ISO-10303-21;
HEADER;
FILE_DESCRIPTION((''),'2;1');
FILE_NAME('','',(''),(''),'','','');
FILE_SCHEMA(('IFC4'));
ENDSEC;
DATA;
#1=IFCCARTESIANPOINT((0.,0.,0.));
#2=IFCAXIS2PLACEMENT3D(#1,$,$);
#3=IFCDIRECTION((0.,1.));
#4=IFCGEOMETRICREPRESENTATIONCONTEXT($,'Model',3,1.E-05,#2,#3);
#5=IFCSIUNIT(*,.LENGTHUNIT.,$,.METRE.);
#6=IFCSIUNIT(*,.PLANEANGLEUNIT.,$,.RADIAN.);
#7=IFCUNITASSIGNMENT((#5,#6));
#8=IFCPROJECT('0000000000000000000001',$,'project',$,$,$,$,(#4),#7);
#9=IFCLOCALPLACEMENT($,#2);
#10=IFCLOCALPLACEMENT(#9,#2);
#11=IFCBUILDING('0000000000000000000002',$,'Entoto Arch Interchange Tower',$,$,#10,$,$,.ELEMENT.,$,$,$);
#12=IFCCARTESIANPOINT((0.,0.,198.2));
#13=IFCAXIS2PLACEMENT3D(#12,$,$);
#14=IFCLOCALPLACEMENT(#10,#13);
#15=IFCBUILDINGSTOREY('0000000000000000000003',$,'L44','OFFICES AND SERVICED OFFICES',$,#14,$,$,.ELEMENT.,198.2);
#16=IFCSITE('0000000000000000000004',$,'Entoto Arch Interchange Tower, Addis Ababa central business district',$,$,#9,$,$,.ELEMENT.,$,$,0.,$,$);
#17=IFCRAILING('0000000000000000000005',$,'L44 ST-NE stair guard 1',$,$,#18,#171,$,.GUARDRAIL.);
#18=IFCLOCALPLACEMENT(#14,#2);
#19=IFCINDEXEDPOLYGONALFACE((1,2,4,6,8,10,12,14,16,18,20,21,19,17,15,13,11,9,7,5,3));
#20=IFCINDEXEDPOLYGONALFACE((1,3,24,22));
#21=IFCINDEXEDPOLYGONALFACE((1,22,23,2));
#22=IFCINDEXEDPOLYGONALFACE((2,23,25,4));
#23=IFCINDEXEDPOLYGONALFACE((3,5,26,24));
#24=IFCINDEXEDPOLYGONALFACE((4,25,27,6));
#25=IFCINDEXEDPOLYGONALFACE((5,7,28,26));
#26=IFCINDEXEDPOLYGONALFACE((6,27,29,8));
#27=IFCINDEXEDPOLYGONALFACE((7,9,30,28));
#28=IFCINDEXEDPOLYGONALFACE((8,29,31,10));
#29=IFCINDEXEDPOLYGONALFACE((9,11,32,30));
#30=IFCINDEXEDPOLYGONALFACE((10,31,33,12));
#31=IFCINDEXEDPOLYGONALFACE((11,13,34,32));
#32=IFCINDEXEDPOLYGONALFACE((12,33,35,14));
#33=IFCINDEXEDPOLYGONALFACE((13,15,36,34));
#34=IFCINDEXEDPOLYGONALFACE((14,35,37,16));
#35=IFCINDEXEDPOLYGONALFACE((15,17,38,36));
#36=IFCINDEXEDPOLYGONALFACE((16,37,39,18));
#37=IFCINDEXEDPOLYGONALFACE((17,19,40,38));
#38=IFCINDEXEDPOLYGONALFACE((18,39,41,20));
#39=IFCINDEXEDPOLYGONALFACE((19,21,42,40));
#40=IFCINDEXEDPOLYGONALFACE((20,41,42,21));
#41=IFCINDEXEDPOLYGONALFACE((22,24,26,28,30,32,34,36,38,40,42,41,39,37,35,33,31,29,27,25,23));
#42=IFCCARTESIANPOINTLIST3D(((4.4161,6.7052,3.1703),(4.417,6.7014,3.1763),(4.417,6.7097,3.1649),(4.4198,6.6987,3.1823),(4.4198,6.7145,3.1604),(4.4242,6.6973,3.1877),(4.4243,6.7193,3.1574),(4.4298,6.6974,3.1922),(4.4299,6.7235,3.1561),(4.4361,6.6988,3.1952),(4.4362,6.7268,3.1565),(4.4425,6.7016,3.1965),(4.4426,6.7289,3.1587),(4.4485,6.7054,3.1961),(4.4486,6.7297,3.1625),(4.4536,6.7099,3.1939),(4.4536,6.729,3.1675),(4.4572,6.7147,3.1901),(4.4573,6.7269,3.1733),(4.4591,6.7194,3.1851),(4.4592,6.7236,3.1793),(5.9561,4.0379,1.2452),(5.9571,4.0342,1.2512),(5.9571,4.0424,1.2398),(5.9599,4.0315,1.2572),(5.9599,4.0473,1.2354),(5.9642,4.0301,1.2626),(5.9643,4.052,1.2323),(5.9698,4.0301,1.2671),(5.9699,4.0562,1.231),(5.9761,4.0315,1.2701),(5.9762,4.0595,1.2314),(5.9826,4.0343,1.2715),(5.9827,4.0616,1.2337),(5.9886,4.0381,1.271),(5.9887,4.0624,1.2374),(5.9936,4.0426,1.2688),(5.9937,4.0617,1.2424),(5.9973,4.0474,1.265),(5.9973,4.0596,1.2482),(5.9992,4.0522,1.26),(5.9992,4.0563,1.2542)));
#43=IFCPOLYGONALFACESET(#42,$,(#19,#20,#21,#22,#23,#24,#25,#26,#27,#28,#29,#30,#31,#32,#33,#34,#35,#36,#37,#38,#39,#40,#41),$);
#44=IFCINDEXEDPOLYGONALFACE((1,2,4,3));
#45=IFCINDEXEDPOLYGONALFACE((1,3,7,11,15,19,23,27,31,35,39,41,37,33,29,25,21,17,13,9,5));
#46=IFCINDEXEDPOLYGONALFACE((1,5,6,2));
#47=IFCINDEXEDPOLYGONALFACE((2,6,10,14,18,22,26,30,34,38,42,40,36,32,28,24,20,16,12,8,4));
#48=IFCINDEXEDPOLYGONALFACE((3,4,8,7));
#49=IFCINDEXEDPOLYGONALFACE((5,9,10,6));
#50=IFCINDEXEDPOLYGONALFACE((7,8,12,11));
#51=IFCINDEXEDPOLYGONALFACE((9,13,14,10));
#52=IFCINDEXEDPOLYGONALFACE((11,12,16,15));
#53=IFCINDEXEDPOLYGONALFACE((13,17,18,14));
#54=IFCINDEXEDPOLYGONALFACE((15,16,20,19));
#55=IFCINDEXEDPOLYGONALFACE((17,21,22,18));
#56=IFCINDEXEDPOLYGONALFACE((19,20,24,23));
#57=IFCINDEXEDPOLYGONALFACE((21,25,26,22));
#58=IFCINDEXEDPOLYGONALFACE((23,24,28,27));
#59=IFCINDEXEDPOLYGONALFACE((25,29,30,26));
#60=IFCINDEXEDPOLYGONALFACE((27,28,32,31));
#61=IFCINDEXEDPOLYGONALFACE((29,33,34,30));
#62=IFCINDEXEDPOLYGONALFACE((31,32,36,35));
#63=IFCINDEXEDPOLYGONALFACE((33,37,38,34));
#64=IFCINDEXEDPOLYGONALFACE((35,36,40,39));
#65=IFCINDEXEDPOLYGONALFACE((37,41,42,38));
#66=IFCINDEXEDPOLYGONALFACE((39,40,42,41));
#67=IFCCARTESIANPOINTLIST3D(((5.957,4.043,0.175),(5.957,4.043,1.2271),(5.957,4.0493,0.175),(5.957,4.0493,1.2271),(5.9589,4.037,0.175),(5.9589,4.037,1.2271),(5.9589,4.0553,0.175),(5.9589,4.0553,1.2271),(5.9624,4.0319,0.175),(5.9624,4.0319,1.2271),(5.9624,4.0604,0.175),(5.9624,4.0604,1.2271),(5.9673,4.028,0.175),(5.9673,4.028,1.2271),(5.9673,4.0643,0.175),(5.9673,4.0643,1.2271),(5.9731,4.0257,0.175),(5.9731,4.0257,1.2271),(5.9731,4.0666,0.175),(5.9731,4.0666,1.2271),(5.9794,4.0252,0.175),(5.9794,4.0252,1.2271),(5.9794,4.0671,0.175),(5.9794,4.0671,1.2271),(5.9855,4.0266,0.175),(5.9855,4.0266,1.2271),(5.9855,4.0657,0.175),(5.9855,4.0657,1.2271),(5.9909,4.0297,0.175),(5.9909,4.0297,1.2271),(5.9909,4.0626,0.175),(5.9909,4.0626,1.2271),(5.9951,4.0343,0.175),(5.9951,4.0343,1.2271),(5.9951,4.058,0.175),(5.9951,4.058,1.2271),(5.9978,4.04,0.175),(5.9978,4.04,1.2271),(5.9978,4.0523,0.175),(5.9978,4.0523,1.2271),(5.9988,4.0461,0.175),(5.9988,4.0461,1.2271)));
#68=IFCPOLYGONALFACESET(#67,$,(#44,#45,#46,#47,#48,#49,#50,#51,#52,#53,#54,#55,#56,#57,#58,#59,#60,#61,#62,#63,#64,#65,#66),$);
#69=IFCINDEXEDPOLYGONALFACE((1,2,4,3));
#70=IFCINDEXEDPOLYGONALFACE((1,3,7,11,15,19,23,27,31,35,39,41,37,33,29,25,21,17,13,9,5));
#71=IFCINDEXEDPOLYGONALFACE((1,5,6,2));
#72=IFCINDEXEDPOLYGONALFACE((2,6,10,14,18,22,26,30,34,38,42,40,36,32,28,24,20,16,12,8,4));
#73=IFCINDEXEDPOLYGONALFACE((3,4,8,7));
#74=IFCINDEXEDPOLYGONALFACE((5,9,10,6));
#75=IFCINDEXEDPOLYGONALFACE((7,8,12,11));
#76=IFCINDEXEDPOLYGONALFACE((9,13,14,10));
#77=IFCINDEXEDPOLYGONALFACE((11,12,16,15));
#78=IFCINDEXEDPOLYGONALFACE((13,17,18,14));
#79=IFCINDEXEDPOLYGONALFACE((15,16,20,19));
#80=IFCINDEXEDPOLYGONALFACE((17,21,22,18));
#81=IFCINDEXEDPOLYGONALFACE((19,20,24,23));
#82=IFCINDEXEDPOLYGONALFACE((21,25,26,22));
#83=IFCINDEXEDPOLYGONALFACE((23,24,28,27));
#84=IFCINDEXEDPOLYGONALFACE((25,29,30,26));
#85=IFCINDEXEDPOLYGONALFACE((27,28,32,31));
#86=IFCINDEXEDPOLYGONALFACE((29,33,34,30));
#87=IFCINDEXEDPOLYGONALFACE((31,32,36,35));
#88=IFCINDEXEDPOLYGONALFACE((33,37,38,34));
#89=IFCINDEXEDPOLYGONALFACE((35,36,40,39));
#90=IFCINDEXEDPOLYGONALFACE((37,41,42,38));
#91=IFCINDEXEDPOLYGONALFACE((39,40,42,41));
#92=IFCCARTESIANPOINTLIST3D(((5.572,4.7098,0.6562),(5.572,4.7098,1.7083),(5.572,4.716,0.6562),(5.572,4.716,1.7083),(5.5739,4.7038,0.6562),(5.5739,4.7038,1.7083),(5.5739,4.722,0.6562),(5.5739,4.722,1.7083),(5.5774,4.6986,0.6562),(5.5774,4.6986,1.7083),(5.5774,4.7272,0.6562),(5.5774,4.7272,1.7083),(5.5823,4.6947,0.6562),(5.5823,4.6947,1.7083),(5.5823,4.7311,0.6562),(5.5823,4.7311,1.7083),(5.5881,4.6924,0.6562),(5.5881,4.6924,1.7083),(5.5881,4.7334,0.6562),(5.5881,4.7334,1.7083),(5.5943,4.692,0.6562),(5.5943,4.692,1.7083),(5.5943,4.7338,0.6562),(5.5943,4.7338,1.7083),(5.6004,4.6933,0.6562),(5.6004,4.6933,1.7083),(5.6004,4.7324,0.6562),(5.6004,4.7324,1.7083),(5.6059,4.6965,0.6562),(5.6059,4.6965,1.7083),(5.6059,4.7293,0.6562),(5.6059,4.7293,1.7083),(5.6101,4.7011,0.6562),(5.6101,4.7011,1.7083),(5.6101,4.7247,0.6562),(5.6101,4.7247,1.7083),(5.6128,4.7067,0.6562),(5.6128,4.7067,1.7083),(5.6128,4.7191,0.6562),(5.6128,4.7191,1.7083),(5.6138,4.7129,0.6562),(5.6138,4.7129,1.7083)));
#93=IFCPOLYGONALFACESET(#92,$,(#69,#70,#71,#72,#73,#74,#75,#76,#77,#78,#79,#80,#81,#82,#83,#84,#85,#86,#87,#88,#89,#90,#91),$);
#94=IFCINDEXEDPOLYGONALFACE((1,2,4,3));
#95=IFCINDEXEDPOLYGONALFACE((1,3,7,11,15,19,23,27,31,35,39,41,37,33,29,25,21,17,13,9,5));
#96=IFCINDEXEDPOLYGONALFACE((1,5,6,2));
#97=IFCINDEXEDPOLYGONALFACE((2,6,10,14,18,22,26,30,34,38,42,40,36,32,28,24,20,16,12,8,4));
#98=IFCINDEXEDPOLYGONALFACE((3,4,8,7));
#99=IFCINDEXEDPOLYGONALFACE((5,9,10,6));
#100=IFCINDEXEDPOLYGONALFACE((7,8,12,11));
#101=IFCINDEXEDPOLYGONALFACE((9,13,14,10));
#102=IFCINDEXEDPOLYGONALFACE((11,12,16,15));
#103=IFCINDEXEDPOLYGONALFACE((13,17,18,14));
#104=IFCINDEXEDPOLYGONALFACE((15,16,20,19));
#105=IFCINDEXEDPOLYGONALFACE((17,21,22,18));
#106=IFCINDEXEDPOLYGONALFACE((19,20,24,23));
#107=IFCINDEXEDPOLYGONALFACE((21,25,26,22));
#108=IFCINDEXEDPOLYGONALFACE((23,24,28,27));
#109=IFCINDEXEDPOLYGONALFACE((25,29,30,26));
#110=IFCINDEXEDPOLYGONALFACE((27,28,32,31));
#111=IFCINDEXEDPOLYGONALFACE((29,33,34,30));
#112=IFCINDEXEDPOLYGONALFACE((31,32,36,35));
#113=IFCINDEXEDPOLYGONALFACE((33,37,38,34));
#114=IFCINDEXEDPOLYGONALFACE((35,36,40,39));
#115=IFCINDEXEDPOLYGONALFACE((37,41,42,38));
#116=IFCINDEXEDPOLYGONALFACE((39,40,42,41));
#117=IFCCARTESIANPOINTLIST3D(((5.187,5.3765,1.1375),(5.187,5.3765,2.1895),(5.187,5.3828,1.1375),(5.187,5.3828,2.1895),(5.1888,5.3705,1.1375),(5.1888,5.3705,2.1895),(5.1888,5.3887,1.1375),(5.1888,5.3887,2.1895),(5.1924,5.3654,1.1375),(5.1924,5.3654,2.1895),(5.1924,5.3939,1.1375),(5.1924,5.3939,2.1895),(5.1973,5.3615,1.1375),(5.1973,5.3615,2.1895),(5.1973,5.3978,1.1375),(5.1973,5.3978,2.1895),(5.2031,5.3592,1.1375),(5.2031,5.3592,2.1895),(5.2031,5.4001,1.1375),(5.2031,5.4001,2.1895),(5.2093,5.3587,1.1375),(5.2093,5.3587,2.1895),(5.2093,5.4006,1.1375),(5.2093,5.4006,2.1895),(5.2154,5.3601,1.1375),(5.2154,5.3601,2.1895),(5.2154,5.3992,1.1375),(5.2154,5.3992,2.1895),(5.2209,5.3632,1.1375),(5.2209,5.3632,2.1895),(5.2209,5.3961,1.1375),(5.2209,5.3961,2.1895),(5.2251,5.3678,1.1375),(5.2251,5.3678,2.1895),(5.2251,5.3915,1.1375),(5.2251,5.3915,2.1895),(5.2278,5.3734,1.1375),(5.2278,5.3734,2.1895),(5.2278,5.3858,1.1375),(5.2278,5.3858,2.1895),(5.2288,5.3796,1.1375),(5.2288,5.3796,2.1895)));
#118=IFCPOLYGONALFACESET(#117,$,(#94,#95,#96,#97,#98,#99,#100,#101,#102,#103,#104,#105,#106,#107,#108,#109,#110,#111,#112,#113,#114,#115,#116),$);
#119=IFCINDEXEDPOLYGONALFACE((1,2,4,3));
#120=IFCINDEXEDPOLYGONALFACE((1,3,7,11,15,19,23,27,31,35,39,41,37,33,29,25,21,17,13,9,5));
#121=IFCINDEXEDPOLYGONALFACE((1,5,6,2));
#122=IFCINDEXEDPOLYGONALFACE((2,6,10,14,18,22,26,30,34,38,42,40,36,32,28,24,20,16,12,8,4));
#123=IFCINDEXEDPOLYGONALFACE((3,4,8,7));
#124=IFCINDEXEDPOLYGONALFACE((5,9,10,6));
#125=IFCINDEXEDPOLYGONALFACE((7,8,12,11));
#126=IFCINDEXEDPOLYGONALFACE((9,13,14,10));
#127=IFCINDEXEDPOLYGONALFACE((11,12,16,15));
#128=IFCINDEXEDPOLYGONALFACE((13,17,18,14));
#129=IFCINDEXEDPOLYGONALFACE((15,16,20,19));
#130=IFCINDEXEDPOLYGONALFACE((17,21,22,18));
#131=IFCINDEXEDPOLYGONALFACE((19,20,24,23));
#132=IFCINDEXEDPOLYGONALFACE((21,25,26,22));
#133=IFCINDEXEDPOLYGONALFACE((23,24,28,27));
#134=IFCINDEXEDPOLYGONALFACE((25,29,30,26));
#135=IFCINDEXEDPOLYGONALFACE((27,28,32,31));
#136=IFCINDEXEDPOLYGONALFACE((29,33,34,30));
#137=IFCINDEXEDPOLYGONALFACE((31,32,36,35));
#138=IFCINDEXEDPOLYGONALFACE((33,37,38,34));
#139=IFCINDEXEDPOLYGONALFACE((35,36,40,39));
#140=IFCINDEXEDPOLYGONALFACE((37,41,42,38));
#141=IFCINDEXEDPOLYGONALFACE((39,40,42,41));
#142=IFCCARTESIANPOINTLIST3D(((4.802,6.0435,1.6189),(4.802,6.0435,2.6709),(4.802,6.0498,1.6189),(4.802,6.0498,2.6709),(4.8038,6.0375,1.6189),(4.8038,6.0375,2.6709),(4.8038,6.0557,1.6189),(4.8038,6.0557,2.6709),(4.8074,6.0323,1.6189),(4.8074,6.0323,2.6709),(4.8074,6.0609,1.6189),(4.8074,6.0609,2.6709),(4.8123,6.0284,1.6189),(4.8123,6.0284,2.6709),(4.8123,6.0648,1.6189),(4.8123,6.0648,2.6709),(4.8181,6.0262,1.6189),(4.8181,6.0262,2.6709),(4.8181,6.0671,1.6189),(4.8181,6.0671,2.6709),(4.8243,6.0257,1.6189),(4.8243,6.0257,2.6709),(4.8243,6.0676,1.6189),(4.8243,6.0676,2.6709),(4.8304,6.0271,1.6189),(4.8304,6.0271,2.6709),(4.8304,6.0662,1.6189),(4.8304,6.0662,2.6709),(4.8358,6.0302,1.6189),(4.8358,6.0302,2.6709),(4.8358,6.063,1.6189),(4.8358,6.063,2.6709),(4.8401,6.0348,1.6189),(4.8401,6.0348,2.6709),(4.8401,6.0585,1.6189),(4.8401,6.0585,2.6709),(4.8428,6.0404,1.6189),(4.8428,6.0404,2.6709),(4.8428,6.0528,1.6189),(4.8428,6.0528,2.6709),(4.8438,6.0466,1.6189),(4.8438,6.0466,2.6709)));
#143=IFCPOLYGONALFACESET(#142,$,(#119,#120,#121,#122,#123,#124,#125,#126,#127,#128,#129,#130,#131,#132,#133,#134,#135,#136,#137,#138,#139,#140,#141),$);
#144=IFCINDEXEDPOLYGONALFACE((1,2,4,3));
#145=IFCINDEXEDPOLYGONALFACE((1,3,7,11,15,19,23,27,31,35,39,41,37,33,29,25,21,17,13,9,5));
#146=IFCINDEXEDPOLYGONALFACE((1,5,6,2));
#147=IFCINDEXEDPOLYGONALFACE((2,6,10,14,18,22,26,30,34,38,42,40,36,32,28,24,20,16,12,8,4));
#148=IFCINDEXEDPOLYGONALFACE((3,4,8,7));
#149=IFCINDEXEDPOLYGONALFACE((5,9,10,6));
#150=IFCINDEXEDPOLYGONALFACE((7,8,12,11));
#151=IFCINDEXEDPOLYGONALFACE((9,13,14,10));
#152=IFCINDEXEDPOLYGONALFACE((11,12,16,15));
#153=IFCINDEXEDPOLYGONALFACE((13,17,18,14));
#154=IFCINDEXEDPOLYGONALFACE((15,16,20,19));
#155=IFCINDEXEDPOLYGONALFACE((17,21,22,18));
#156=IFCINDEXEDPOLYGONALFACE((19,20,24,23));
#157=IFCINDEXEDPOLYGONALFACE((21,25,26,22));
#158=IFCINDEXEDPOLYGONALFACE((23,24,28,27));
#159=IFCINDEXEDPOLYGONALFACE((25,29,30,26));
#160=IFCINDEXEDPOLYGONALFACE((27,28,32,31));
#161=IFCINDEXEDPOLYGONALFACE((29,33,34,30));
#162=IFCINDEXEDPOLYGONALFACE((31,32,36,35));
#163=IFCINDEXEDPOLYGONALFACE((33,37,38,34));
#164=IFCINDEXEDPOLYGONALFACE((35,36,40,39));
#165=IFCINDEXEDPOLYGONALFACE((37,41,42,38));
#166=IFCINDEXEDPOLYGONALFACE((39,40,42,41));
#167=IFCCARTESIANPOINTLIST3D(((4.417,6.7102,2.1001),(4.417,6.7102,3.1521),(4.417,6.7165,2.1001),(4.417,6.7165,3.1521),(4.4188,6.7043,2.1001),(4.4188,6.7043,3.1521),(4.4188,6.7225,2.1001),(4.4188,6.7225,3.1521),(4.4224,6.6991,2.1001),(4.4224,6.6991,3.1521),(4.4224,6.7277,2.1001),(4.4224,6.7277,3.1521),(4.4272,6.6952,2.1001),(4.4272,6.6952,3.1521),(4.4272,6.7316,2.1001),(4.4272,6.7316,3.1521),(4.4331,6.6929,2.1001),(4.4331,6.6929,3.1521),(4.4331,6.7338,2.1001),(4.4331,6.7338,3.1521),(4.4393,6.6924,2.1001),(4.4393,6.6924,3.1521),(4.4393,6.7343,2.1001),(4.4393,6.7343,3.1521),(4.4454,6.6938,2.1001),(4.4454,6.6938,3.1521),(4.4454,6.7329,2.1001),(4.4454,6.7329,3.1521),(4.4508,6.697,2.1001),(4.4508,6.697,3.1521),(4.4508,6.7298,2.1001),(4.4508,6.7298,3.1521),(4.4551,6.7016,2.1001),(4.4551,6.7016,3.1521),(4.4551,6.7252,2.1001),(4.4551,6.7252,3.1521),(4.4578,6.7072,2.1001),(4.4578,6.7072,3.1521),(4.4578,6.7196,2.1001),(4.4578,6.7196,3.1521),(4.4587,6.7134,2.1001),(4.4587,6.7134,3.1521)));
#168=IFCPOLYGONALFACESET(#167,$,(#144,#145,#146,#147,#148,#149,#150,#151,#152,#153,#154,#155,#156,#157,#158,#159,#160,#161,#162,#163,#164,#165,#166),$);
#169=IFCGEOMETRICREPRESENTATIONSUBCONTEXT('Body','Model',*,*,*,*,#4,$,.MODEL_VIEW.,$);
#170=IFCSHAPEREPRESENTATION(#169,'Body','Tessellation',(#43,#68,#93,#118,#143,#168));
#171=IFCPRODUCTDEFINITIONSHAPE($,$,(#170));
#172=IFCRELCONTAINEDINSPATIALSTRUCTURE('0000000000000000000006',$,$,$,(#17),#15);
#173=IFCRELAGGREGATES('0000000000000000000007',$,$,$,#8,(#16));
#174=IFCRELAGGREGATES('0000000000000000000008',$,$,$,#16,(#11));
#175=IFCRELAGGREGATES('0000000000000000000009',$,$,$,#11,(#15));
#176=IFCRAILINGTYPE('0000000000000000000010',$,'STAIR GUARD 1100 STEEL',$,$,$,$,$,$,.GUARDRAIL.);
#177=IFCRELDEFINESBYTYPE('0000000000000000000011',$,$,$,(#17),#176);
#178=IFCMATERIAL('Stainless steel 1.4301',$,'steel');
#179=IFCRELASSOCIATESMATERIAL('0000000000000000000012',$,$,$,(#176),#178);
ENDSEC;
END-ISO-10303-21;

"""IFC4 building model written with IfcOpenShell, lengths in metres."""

from ifc_helpers import new_model, si_unit, direction, frame, origin, origin_2d, place, context, subcontext, project, spatial, circle, extrude, material, type_object, element, save


model = new_model("IFC4")

# Units and contexts
model_context = context("Model", 3, precision=1e-05, world=origin(), true_north=direction((0.0, 1.0)))
body_context = subcontext(model_context, "Body", "Model", "MODEL_VIEW")
ifc_project = project(units=[si_unit("LENGTHUNIT", "METRE"), si_unit("PLANEANGLEUNIT", "RADIAN")], contexts=[model_context])

# Site, building, storey
site_placement = place(None, origin())
site = spatial("IfcSite", under=ifc_project, at=site_placement, Name="Entoto Arch Interchange Tower, Addis Ababa central business district", CompositionType="ELEMENT", RefElevation=0.0)
building_placement = place(site_placement, origin())
building = spatial("IfcBuilding", under=site, at=building_placement, Name="Entoto Arch Interchange Tower", CompositionType="ELEMENT")
storey_placement = place(building_placement, frame((0.0, 0.0, 198.2)))
storey = spatial("IfcBuildingStorey", under=building, at=storey_placement, Name="L44", Description="OFFICES AND SERVICED OFFICES", CompositionType="ELEMENT", Elevation=198.2)

# Railing
ifc_material_1 = material(Name="Stainless steel 1.4301", Category="steel")
railing_type_1 = type_object("IfcRailingType", Name="STAIR GUARD 1100 STEEL", PredefinedType="GUARDRAIL", material=ifc_material_1)
railing_1_placement = place(storey_placement, frame((5.9778, 4.0461, 0.175)))
element("IfcRailing", 1, at=railing_1_placement, inside=storey, type_object=railing_type_1, Name="L44 ST-NE stair guard 1", PredefinedType="GUARDRAIL", context=body_context, shape_type="SweptSolid", body=[
    extrude(circle(Radius=0.0239, at=origin_2d()), frame((0.0, 0.0, 1.0762), z_axis=(-0.424015, 0.734364, 0.530019), x_axis=(-0.86601, -0.500027, 0.0)), (0.0, 0.0, 1.0), 3.6321),
    extrude(circle(Radius=0.021, at=origin_2d()), origin(), (0.0, 0.0, 1.0), 1.052),
    extrude(circle(Radius=0.021, at=origin_2d()), frame((-0.385, 0.6667, 0.4812)), (0.0, 0.0, 1.0), 1.052),
    extrude(circle(Radius=0.021, at=origin_2d()), frame((-0.77, 1.3335, 0.9624)), (0.0, 0.0, 1.0), 1.052),
    extrude(circle(Radius=0.021, at=origin_2d()), frame((-1.155, 2.0005, 1.4438)), (0.0, 0.0, 1.0), 1.052),
    extrude(circle(Radius=0.021, at=origin_2d()), frame((-1.54, 2.6672, 1.925)), (0.0, 0.0, 1.0), 1.052),
])

save(model, "model.ifc")
